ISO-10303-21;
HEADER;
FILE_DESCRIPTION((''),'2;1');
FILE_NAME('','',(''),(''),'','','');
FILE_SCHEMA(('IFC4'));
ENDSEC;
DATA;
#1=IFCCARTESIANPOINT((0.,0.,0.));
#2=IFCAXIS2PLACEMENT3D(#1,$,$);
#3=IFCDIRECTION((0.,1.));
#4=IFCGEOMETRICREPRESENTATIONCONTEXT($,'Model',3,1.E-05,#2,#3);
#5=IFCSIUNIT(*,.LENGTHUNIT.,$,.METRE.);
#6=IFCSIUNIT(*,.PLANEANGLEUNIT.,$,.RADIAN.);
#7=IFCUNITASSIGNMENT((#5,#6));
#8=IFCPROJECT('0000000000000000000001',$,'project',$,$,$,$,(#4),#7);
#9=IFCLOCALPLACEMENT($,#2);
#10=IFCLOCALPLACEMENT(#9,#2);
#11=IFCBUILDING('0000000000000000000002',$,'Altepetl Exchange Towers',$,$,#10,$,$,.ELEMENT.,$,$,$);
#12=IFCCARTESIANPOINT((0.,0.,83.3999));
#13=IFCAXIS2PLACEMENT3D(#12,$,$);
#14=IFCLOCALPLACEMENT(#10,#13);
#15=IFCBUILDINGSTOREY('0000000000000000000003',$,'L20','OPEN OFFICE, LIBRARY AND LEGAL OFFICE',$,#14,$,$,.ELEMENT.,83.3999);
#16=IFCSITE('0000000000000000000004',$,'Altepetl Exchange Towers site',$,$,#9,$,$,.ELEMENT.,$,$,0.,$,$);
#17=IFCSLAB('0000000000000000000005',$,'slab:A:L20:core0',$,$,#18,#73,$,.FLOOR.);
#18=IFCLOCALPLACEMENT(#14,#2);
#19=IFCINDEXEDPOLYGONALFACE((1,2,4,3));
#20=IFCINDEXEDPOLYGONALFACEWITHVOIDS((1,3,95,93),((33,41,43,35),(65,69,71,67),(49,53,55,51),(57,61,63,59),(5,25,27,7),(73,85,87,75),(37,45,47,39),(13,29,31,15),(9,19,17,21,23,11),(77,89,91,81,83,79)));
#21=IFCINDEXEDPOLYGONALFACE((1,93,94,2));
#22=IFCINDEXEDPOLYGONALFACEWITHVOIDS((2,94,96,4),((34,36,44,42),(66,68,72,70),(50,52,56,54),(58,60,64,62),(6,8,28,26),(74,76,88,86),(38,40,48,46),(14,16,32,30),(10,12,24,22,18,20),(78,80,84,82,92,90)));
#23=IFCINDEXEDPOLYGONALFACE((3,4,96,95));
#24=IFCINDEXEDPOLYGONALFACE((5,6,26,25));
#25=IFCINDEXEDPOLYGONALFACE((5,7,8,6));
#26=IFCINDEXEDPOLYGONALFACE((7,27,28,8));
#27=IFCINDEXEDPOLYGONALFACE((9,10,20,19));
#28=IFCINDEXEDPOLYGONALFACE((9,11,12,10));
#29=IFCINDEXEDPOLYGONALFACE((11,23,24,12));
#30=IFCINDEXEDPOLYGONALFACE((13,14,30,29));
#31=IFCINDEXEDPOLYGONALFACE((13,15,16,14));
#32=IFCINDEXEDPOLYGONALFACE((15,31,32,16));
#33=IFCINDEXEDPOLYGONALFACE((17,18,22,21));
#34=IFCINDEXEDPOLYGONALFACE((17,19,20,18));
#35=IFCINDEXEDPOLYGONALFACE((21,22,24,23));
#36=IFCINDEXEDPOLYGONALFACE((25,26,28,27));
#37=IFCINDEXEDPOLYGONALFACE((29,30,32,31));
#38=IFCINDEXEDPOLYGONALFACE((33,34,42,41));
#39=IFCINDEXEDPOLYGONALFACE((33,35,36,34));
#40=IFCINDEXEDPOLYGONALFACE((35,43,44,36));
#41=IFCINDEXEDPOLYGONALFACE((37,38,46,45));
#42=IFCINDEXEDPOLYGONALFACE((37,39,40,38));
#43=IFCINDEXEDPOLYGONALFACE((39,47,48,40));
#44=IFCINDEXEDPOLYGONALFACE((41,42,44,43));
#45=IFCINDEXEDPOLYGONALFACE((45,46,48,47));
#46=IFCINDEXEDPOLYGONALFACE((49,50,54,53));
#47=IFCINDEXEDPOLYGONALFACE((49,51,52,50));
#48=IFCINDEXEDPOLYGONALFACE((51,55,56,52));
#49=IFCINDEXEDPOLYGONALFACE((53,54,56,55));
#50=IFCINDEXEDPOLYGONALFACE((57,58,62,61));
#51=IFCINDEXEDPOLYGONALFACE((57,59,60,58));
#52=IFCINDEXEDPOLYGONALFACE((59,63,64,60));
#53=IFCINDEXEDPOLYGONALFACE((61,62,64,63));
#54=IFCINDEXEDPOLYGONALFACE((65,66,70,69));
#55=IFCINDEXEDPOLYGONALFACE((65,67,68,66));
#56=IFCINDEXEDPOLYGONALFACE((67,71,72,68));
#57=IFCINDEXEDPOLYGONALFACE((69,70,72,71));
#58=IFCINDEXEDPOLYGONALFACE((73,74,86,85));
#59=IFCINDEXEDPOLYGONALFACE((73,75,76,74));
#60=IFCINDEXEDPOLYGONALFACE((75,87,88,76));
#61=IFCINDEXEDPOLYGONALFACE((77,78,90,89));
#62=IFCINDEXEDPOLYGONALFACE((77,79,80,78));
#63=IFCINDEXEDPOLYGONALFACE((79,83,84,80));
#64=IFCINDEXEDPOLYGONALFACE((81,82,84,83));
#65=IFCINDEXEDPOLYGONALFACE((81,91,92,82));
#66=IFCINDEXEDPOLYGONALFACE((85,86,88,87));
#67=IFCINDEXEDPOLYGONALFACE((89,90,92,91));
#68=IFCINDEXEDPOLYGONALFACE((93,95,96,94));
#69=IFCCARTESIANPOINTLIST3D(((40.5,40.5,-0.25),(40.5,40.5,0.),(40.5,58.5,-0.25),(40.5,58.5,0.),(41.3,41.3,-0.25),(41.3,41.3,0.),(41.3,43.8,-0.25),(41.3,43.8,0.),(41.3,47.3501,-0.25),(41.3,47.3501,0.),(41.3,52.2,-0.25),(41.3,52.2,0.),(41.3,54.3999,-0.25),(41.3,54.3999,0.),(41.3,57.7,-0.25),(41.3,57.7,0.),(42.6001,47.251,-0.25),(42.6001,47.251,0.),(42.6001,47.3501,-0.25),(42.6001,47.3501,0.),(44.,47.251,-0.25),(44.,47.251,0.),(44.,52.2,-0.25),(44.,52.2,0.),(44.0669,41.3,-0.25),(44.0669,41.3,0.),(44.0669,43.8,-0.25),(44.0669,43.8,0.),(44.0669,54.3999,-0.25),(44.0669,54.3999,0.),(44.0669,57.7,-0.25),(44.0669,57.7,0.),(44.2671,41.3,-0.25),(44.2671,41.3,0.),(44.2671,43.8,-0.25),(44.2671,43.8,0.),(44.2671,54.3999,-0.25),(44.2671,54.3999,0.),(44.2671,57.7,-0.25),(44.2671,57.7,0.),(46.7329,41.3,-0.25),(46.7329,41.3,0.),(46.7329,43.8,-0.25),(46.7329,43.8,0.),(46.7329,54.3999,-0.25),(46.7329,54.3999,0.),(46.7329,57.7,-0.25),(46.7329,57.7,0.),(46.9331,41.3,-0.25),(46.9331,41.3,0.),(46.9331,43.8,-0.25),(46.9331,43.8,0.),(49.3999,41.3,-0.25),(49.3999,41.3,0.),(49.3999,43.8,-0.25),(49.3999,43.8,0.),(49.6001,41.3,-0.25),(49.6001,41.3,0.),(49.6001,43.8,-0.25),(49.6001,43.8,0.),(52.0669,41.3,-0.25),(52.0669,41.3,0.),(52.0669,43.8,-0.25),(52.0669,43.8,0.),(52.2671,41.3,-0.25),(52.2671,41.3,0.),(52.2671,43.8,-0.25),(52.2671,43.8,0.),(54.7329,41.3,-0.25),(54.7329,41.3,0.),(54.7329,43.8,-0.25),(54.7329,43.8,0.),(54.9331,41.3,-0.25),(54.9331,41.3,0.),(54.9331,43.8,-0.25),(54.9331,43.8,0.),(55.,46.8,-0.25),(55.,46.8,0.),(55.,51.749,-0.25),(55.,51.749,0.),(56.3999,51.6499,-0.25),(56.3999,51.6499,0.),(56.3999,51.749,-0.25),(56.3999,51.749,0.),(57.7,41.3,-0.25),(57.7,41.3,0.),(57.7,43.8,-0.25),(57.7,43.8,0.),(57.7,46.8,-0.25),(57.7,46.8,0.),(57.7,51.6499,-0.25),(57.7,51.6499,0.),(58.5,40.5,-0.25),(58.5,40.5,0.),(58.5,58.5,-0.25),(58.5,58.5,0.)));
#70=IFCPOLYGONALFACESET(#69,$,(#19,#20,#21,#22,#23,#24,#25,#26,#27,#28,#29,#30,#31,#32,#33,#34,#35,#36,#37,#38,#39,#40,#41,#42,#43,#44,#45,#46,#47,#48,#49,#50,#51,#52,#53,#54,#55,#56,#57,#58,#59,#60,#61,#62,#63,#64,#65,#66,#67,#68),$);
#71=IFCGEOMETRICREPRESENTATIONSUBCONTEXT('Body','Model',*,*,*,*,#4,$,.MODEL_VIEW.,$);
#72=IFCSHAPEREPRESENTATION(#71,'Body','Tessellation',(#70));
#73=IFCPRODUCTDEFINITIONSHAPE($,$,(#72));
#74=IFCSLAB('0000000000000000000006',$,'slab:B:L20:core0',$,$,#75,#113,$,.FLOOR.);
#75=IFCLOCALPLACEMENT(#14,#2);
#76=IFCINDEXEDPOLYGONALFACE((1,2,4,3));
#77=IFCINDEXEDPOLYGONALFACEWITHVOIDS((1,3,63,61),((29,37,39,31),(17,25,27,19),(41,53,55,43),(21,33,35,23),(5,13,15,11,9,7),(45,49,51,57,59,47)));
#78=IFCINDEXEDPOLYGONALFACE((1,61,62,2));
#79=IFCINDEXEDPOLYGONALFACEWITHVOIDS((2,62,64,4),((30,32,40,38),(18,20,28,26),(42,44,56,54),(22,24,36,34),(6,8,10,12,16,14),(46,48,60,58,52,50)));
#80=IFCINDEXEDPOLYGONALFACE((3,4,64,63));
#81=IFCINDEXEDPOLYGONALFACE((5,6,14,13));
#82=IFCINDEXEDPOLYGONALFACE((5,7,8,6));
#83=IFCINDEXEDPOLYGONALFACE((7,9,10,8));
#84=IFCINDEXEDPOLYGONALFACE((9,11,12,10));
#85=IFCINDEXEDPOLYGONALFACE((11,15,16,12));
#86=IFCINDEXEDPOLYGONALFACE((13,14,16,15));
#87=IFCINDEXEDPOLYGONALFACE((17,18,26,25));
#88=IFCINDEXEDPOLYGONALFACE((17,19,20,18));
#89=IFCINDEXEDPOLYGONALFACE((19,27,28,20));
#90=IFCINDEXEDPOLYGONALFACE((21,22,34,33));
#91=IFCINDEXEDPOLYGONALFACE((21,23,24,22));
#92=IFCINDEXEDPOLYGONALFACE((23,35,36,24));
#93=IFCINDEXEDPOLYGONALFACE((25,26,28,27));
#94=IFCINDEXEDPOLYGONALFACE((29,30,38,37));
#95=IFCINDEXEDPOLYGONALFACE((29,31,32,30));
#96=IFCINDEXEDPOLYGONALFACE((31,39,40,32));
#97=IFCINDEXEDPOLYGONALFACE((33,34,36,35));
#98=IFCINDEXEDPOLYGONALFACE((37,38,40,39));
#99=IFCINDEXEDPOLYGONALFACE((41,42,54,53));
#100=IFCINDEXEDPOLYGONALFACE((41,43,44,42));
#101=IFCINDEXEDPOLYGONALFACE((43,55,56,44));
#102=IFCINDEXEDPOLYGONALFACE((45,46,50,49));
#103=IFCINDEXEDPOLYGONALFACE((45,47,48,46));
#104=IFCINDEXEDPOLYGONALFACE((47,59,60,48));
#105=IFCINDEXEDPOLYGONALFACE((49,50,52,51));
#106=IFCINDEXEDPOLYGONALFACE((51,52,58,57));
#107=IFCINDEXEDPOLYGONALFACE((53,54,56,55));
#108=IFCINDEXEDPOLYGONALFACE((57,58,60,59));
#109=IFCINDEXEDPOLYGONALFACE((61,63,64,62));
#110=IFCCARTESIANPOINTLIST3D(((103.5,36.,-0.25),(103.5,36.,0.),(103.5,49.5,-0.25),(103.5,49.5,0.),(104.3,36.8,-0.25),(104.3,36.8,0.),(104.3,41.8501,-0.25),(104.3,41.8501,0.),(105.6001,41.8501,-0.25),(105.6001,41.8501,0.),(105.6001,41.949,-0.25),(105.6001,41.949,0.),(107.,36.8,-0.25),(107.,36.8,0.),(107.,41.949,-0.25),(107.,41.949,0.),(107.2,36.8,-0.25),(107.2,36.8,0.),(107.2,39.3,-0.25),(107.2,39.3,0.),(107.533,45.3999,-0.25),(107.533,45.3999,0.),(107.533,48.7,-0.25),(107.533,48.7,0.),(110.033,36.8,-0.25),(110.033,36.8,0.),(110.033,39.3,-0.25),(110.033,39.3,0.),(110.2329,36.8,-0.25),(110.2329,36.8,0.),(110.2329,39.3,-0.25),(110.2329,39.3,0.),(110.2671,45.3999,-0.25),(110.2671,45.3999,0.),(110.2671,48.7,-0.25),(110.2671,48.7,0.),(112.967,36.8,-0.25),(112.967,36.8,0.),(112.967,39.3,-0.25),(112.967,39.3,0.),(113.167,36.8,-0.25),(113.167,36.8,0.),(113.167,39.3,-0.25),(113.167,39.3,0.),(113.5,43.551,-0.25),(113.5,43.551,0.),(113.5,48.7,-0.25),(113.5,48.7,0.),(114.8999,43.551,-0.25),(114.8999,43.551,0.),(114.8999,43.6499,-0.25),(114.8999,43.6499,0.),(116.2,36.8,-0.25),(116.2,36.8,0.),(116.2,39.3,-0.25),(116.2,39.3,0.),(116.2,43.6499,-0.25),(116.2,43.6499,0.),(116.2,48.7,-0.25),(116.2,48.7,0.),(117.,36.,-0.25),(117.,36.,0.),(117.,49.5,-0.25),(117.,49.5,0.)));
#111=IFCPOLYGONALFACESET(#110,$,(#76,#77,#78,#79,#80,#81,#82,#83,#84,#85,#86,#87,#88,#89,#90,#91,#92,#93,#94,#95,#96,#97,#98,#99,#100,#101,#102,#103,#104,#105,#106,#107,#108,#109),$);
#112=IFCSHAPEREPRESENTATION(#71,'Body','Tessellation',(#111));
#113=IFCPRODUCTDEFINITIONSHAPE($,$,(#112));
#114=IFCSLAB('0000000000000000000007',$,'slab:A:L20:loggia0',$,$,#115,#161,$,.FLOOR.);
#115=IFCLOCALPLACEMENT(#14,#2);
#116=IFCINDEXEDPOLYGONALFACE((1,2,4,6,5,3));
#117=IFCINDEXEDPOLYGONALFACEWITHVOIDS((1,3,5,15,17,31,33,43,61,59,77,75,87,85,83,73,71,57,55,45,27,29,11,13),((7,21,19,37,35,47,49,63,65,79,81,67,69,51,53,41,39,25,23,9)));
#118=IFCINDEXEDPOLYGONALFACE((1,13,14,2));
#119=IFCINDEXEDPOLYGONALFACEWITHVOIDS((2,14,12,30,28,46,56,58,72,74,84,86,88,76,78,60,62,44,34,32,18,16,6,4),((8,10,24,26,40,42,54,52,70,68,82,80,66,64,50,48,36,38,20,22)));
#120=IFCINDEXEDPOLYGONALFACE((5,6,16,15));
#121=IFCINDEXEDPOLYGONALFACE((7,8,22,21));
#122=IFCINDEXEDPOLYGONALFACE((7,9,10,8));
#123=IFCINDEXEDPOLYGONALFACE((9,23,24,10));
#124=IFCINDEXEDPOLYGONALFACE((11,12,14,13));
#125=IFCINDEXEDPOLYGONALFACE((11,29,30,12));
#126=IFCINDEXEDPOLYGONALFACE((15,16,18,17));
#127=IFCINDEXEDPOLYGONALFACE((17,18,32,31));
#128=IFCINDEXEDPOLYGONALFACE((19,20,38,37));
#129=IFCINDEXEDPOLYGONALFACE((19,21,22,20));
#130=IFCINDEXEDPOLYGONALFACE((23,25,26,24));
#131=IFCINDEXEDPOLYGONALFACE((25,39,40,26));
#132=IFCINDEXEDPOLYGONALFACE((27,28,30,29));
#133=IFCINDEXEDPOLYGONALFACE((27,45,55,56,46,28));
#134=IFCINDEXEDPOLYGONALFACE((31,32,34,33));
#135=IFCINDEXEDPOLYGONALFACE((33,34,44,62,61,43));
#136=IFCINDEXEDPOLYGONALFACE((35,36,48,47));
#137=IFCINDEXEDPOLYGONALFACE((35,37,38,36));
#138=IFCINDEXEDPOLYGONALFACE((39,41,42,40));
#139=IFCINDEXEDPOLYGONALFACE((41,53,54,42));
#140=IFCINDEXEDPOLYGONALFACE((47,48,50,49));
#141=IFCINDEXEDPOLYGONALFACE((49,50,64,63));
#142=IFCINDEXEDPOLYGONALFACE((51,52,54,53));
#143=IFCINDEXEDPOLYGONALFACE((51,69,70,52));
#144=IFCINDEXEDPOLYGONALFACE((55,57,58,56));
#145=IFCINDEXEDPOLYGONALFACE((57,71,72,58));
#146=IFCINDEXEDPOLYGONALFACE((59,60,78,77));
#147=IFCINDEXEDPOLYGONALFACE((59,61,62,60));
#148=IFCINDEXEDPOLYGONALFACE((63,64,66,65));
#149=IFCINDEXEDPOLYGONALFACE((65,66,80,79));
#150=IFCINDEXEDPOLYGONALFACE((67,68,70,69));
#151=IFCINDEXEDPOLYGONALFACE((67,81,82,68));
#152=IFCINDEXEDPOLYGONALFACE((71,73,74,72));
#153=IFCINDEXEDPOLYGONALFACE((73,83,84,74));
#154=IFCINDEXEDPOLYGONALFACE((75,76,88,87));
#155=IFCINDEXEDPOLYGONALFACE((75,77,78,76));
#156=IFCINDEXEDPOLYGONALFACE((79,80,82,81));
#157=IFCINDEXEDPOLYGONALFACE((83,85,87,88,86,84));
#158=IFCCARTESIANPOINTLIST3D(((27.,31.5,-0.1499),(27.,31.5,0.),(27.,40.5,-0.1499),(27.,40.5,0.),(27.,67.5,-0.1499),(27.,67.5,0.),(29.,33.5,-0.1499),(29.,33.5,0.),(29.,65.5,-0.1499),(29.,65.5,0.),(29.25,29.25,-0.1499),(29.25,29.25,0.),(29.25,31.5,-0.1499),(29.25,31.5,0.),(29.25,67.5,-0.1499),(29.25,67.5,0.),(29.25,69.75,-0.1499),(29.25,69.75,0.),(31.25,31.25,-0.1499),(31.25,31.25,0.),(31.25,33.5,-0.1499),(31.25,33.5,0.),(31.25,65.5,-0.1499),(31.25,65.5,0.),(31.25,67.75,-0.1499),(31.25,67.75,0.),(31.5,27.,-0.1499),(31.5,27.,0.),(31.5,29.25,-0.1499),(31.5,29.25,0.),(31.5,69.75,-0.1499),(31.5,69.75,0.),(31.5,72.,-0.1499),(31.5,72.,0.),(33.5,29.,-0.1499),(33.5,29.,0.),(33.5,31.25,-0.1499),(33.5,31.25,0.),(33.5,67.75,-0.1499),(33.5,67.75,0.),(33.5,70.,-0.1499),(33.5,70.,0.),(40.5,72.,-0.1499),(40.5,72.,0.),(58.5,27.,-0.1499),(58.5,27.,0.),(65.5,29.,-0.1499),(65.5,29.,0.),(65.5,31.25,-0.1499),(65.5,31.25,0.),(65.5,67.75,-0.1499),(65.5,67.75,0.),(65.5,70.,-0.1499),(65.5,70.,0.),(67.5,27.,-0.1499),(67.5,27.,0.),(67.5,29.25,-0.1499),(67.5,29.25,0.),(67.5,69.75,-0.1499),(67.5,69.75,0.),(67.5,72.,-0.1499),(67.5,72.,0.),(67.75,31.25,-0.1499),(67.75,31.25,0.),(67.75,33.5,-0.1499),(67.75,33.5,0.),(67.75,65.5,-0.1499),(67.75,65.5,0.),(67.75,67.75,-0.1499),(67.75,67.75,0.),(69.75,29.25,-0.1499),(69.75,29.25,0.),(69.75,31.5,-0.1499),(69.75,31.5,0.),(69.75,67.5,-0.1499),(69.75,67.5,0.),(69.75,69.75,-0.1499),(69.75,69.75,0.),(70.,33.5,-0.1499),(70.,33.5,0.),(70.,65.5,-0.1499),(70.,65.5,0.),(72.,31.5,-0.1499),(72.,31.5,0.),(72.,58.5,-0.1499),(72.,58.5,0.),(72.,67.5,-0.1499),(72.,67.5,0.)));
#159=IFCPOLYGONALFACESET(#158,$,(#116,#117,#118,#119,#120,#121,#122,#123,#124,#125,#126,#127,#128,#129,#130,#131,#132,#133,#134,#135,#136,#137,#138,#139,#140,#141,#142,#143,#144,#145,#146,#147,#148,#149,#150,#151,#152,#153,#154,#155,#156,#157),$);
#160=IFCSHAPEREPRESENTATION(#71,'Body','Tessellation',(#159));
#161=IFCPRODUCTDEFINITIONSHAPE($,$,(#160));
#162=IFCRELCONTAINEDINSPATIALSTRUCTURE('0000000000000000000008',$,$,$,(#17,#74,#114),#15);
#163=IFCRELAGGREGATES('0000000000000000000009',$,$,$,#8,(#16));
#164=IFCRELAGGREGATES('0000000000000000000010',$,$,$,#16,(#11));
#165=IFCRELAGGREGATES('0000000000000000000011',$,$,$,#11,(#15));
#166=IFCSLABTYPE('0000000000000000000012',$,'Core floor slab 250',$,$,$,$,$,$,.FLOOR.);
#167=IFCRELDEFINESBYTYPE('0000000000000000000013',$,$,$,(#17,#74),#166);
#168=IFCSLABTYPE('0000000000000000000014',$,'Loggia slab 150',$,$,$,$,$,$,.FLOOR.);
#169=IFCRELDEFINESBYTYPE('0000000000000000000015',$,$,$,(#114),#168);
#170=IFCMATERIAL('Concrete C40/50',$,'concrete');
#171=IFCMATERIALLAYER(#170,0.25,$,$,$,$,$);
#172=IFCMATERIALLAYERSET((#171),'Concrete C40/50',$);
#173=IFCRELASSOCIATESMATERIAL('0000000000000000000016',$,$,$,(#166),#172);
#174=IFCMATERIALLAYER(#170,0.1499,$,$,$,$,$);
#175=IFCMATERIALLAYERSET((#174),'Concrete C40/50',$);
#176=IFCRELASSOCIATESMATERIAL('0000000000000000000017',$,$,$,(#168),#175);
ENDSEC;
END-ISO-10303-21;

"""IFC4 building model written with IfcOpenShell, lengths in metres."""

from ifc_helpers import new_model, si_unit, direction, frame, origin, place, context, subcontext, project, spatial, polyline, outline, extrude, material, layer, layer_set, type_object, element, save


model = new_model("IFC4")

# Units and contexts
model_context = context("Model", 3, precision=1e-05, world=origin(), true_north=direction((0.0, 1.0)))
body_context = subcontext(model_context, "Body", "Model", "MODEL_VIEW")
ifc_project = project(units=[si_unit("LENGTHUNIT", "METRE"), si_unit("PLANEANGLEUNIT", "RADIAN")], contexts=[model_context])

# Site, building, storey
site_placement = place(None, origin())
site = spatial("IfcSite", under=ifc_project, at=site_placement, Name="Altepetl Exchange Towers site", CompositionType="ELEMENT", RefElevation=0.0)
building_placement = place(site_placement, origin())
building = spatial("IfcBuilding", under=site, at=building_placement, Name="Altepetl Exchange Towers", CompositionType="ELEMENT")
storey_placement = place(building_placement, frame((0.0, 0.0, 83.3999)))
storey = spatial("IfcBuildingStorey", under=building, at=storey_placement, Name="L20", Description="OPEN OFFICE, LIBRARY AND LEGAL OFFICE", CompositionType="ELEMENT", Elevation=83.3999)

# Slabs
ifc_material_1 = material(Name="Concrete C40/50", Category="concrete")
ifc_layer_1 = layer(ifc_material_1, 0.25)
ifc_layer_set_1 = layer_set([ifc_layer_1], Name="Concrete C40/50")
slab_type_1 = type_object("IfcSlabType", Name="Core floor slab 250", PredefinedType="FLOOR", material=ifc_layer_set_1)
slab_1_placement = place(storey_placement, frame((0.0, 0.0, -0.25)))
element("IfcSlab", 1, at=slab_1_placement, inside=storey, type_object=slab_type_1, Name="slab:A:L20:core0", PredefinedType="FLOOR", context=body_context, shape_type="SweptSolid", body=[
    extrude(outline(polyline([(40.5, 40.5), (58.5, 40.5), (58.5, 58.5), (40.5, 58.5), (40.5, 40.5)]), holes=[polyline([(41.3, 43.8), (44.0669, 43.8), (44.0669, 41.3), (41.3, 41.3), (41.3, 43.8)]), polyline([(44.2671, 43.8), (46.7329, 43.8), (46.7329, 41.3), (44.2671, 41.3), (44.2671, 43.8)]), polyline([(46.9331, 43.8), (49.3999, 43.8), (49.3999, 41.3), (46.9331, 41.3), (46.9331, 43.8)]), polyline([(52.0669, 43.8), (52.0669, 41.3), (49.6001, 41.3), (49.6001, 43.8), (52.0669, 43.8)]), polyline([(54.7329, 43.8), (54.7329, 41.3), (52.2671, 41.3), (52.2671, 43.8), (54.7329, 43.8)]), polyline([(54.9331, 43.8), (57.7, 43.8), (57.7, 41.3), (54.9331, 41.3), (54.9331, 43.8)]), polyline([(55.0, 51.749), (56.3999, 51.749), (56.3999, 51.6499), (57.7, 51.6499), (57.7, 46.8), (55.0, 46.8), (55.0, 51.749)]), polyline([(44.0, 47.251), (42.6001, 47.251), (42.6001, 47.3501), (41.3, 47.3501), (41.3, 52.2), (44.0, 52.2), (44.0, 47.251)]), polyline([(44.0669, 57.7), (44.0669, 54.3999), (41.3, 54.3999), (41.3, 57.7), (44.0669, 57.7)]), polyline([(46.7329, 57.7), (46.7329, 54.3999), (44.2671, 54.3999), (44.2671, 57.7), (46.7329, 57.7)])]), origin(), (0.0, 0.0, 1.0), 0.25),
])
slab_2_placement = place(storey_placement, frame((0.0, 0.0, -0.25)))
element("IfcSlab", 2, at=slab_2_placement, inside=storey, type_object=slab_type_1, Name="slab:B:L20:core0", PredefinedType="FLOOR", context=body_context, shape_type="SweptSolid", body=[
    extrude(outline(polyline([(103.5, 36.0), (117.0, 36.0), (117.0, 49.5), (103.5, 49.5), (103.5, 36.0)]), holes=[polyline([(107.2, 36.8), (107.2, 39.3), (110.033, 39.3), (110.033, 36.8), (107.2, 36.8)]), polyline([(110.2329, 39.3), (112.967, 39.3), (112.967, 36.8), (110.2329, 36.8), (110.2329, 39.3)]), polyline([(113.167, 39.3), (116.2, 39.3), (116.2, 36.8), (113.167, 36.8), (113.167, 39.3)]), polyline([(107.0, 36.8), (104.3, 36.8), (104.3, 41.8501), (105.6001, 41.8501), (105.6001, 41.949), (107.0, 41.949), (107.0, 36.8)]), polyline([(116.2, 48.7), (116.2, 43.6499), (114.8999, 43.6499), (114.8999, 43.551), (113.5, 43.551), (113.5, 48.7), (116.2, 48.7)]), polyline([(107.533, 48.7), (110.2671, 48.7), (110.2671, 45.3999), (107.533, 45.3999), (107.533, 48.7)])]), origin(), (0.0, 0.0, 1.0), 0.25),
])
ifc_layer_2 = layer(ifc_material_1, 0.1499)
ifc_layer_set_2 = layer_set([ifc_layer_2], Name="Concrete C40/50")
slab_type_2 = type_object("IfcSlabType", Name="Loggia slab 150", PredefinedType="FLOOR", material=ifc_layer_set_2)
slab_3_placement = place(storey_placement, frame((0.0, 0.0, -0.1499)))
element("IfcSlab", 3, at=slab_3_placement, inside=storey, type_object=slab_type_2, Name="slab:A:L20:loggia0", PredefinedType="FLOOR", context=body_context, shape_type="SweptSolid", body=[
    extrude(outline(polyline([(29.25, 67.5), (27.0, 67.5), (27.0, 40.5), (27.0, 31.5), (29.25, 31.5), (29.25, 29.25), (31.5, 29.25), (31.5, 27.0), (58.5, 27.0), (67.5, 27.0), (67.5, 29.25), (69.75, 29.25), (69.75, 31.5), (72.0, 31.5), (72.0, 58.5), (72.0, 67.5), (69.75, 67.5), (69.75, 69.75), (67.5, 69.75), (67.5, 72.0), (40.5, 72.0), (31.5, 72.0), (31.5, 69.75), (29.25, 69.75), (29.25, 67.5)]), holes=[polyline([(29.0, 65.5), (31.25, 65.5), (31.25, 67.75), (33.5, 67.75), (33.5, 70.0), (65.5, 70.0), (65.5, 67.75), (67.75, 67.75), (67.75, 65.5), (70.0, 65.5), (70.0, 33.5), (67.75, 33.5), (67.75, 31.25), (65.5, 31.25), (65.5, 29.0), (33.5, 29.0), (33.5, 31.25), (31.25, 31.25), (31.25, 33.5), (29.0, 33.5), (29.0, 65.5)])]), origin(), (0.0, 0.0, 1.0), 0.1499),
])

save(model, "model.ifc")
